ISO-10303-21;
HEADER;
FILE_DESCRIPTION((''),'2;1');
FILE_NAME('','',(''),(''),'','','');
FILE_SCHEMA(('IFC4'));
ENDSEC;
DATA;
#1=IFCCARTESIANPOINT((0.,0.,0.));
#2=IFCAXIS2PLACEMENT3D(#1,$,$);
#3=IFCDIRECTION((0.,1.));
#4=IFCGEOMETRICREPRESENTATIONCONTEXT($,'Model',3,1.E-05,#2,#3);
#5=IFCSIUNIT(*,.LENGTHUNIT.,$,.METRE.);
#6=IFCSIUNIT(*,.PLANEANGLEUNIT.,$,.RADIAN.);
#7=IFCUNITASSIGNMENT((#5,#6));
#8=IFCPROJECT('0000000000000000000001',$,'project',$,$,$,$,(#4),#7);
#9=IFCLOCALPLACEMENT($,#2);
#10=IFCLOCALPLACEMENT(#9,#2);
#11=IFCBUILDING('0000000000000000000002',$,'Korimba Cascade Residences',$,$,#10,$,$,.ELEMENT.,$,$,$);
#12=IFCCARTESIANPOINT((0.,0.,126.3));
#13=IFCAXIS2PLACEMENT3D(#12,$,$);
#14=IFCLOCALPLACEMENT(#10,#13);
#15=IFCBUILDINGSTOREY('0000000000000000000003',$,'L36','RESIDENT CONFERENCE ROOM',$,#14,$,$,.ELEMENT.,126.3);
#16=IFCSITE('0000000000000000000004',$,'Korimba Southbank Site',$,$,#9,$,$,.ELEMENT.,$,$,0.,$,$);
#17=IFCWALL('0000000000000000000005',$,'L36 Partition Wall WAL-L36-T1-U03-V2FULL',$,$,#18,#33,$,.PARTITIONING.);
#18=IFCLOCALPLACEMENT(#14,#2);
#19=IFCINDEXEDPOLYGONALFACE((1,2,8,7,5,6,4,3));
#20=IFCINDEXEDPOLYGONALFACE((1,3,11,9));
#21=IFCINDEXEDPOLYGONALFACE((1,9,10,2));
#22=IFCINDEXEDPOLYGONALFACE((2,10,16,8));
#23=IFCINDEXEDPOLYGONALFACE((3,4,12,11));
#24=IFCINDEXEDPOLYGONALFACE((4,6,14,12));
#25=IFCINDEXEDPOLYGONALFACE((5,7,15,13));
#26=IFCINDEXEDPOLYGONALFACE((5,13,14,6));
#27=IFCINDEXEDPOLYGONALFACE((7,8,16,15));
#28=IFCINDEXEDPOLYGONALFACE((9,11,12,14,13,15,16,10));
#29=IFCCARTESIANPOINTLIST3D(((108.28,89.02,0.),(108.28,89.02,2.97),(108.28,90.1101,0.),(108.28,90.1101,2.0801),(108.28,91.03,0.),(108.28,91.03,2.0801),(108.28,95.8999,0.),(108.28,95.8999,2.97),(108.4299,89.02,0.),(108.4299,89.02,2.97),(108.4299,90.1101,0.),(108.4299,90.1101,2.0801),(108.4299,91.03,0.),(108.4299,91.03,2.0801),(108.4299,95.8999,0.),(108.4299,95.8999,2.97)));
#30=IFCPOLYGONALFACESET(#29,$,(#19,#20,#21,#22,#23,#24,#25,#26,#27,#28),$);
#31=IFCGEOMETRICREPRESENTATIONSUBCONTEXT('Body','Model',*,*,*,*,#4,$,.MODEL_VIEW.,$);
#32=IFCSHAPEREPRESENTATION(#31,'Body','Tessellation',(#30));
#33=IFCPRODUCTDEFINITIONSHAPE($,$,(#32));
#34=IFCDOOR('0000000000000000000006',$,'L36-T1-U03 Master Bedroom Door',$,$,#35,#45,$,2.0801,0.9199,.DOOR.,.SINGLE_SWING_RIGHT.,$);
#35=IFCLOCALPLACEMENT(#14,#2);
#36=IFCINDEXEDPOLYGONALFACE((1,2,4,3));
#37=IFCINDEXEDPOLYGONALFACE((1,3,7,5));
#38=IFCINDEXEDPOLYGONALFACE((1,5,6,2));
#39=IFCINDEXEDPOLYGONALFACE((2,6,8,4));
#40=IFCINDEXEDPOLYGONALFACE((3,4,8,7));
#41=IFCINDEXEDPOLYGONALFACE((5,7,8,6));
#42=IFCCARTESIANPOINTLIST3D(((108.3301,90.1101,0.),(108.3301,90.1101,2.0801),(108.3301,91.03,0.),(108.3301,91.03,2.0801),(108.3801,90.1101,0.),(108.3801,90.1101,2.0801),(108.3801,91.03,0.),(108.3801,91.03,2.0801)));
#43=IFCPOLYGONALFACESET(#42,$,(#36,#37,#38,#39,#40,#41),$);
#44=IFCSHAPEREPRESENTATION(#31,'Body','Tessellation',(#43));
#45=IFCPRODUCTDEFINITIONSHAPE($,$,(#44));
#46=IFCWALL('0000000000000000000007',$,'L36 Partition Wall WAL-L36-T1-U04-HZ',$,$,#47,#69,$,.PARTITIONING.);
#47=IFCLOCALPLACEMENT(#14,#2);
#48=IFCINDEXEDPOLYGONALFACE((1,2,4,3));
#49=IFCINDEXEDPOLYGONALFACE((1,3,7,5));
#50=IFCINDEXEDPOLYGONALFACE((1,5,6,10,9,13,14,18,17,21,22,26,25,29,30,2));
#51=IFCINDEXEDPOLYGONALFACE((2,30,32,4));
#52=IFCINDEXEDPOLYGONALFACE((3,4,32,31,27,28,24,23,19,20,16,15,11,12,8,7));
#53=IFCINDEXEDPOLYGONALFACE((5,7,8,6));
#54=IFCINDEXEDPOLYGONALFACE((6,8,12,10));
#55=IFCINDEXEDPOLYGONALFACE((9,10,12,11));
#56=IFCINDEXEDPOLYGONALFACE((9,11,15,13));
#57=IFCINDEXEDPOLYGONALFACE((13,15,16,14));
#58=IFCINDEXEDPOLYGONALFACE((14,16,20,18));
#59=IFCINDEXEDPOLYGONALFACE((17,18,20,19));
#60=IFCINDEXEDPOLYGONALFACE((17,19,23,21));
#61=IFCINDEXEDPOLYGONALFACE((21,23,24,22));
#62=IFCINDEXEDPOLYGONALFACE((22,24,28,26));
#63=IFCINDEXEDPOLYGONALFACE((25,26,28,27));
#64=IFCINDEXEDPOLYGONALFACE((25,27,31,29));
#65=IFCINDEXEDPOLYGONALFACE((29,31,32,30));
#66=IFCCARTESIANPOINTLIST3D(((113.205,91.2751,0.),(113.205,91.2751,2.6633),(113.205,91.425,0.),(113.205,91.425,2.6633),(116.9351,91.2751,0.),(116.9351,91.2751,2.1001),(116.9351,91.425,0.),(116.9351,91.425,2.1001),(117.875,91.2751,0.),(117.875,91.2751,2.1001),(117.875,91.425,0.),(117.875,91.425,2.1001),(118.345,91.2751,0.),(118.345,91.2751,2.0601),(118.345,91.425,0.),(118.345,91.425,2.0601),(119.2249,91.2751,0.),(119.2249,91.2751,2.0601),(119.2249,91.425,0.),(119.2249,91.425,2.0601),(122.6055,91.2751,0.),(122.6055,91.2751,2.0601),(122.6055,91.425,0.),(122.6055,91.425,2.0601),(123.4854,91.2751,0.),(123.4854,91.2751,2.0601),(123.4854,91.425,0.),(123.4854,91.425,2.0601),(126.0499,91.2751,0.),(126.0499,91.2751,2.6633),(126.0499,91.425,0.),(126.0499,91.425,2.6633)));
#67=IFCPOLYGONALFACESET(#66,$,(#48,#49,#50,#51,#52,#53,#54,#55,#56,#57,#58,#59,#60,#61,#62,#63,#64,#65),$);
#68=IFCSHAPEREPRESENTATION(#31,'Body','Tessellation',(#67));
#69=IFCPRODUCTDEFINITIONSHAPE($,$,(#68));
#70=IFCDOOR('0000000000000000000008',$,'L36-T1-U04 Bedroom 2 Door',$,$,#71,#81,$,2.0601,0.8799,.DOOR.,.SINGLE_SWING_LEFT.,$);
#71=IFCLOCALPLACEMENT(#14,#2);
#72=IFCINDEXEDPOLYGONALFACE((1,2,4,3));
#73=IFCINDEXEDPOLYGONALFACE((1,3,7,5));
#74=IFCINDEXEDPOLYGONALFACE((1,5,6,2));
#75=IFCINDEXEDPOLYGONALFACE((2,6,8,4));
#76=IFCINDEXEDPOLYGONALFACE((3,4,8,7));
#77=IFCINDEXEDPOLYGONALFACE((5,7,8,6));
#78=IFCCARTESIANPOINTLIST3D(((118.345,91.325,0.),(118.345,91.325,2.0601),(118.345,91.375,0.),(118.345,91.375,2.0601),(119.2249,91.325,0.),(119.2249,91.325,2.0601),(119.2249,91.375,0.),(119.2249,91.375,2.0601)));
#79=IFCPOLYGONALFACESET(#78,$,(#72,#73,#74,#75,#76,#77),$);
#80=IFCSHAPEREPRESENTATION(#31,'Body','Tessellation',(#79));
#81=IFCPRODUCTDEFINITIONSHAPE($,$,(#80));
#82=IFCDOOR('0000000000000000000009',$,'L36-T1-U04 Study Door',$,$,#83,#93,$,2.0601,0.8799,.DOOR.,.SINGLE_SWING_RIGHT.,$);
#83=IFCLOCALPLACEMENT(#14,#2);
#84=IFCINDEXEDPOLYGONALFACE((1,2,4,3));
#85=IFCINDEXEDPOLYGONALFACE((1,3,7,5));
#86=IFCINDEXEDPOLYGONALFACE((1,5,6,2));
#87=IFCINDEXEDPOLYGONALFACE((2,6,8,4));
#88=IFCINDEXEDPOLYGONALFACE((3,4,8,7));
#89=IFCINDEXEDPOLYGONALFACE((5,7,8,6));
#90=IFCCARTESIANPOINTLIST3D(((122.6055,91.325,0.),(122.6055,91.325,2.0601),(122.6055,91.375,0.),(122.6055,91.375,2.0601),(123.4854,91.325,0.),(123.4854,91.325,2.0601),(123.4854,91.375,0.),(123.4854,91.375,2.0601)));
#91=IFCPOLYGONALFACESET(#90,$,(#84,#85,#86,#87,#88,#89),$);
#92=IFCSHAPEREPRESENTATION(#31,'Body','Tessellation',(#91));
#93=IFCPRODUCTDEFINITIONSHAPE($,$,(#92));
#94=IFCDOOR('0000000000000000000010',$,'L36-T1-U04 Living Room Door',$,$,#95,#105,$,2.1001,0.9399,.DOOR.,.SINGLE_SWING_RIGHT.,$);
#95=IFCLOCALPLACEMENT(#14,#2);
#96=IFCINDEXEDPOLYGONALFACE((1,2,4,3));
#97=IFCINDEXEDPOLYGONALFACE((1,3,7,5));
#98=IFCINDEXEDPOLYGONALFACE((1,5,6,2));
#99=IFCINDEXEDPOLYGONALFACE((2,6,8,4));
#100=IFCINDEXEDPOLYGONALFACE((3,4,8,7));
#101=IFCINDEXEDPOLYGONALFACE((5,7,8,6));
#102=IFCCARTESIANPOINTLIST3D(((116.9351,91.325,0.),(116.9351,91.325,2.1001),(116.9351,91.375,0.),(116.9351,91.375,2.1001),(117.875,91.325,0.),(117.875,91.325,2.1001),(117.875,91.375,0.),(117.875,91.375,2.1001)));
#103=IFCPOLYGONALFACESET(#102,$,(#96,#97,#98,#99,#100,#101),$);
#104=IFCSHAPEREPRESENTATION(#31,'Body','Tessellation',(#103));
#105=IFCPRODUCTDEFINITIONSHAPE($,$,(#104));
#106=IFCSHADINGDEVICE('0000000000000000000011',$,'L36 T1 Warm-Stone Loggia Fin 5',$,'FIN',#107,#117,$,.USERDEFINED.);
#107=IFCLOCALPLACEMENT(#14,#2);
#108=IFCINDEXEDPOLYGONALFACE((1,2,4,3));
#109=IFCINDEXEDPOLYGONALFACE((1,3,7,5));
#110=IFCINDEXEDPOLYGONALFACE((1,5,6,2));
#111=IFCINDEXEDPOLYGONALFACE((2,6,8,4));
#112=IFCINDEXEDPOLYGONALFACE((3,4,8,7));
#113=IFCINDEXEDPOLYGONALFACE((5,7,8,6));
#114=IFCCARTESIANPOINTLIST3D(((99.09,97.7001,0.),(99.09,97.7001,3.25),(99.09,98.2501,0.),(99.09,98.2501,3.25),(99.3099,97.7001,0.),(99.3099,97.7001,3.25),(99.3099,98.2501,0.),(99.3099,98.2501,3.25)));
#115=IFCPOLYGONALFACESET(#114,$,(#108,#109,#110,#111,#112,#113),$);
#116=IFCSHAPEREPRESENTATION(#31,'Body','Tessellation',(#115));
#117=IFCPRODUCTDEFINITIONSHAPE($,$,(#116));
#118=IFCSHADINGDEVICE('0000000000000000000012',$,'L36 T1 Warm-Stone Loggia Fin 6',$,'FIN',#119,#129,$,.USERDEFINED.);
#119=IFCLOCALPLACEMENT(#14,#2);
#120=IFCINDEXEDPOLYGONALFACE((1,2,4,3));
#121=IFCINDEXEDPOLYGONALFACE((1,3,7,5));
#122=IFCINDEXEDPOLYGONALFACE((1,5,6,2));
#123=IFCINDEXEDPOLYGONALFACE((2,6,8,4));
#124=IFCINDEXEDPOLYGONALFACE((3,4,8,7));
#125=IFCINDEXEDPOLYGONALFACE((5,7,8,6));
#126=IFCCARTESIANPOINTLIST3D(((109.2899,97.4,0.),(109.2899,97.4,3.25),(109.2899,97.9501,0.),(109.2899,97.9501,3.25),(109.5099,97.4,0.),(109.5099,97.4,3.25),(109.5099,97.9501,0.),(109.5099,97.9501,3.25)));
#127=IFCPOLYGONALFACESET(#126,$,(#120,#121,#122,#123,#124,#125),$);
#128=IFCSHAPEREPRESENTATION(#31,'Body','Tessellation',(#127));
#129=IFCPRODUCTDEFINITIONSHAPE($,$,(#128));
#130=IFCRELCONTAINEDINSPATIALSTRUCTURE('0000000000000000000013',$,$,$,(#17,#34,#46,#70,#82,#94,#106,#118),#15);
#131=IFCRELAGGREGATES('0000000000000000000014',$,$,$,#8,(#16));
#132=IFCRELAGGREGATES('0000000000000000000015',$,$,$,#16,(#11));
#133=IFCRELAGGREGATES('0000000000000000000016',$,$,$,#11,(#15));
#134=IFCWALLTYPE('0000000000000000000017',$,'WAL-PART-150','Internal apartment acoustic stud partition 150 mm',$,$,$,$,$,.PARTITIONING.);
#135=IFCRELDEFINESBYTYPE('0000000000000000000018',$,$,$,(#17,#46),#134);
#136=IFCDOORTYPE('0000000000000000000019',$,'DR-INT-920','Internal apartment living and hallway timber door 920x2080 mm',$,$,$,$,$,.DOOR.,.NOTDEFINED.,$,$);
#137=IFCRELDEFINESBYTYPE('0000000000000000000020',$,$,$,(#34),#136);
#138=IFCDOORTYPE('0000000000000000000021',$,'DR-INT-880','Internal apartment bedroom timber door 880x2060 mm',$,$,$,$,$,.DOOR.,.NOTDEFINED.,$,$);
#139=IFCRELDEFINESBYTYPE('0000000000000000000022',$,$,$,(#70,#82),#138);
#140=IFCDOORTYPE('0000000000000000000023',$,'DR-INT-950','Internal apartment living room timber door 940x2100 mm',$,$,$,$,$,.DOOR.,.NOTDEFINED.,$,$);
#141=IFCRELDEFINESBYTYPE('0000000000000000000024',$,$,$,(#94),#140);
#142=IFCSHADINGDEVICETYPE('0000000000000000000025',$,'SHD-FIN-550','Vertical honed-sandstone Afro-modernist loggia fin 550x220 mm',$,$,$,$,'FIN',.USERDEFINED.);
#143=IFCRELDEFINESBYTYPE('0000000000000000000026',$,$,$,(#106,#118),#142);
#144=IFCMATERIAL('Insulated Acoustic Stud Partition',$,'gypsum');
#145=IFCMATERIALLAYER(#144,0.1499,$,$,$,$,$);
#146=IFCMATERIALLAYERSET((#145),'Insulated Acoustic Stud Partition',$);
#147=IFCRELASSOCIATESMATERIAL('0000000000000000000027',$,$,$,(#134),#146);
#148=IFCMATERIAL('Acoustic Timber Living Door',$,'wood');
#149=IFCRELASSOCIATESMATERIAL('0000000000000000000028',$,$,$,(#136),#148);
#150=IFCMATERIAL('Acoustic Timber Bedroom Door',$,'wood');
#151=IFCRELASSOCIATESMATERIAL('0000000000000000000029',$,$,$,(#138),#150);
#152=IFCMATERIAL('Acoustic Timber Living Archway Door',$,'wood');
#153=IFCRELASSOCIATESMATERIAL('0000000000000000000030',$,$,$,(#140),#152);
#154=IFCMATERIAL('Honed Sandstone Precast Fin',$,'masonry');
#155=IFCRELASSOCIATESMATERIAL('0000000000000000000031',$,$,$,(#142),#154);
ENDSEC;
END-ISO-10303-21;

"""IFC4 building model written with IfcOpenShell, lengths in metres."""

from ifc_helpers import new_model, si_unit, direction, frame, frame_2d, origin, origin_2d, place, context, subcontext, project, spatial, rectangle, extrude, material, layer, layer_set, type_object, element, fill, save


model = new_model("IFC4")

# Units and contexts
model_context = context("Model", 3, precision=1e-05, world=origin(), true_north=direction((0.0, 1.0)))
body_context = subcontext(model_context, "Body", "Model", "MODEL_VIEW")
ifc_project = project(units=[si_unit("LENGTHUNIT", "METRE"), si_unit("PLANEANGLEUNIT", "RADIAN")], contexts=[model_context])

# Site, building, storey
site_placement = place(None, origin())
site = spatial("IfcSite", under=ifc_project, at=site_placement, Name="Korimba Southbank Site", CompositionType="ELEMENT", RefElevation=0.0)
building_placement = place(site_placement, origin())
building = spatial("IfcBuilding", under=site, at=building_placement, Name="Korimba Cascade Residences", CompositionType="ELEMENT")
storey_placement = place(building_placement, frame((0.0, 0.0, 126.3)))
storey = spatial("IfcBuildingStorey", under=building, at=storey_placement, Name="L36", Description="RESIDENT CONFERENCE ROOM", CompositionType="ELEMENT", Elevation=126.3)

# Shared definitions
ifc_material_1 = material(Name="Insulated Acoustic Stud Partition", Category="gypsum")
ifc_layer = layer(ifc_material_1, 0.1499)
ifc_layer_set = layer_set([ifc_layer], Name="Insulated Acoustic Stud Partition")
wall_type = type_object("IfcWallType", Name="WAL-PART-150", Description="Internal apartment acoustic stud partition 150 mm", PredefinedType="PARTITIONING", material=ifc_layer_set)

# Wall, opening, door
wall_1_placement = place(storey_placement, frame((108.355, 89.02, 0.0), z_axis=(0.0, 0.0, 1.0), x_axis=(0.0, 1.0, 0.0)))
wall_1 = element("IfcWall", 1, at=wall_1_placement, inside=storey, type_object=wall_type, Name="L36 Partition Wall WAL-L36-T1-U03-V2FULL", PredefinedType="PARTITIONING", context=body_context, shape_type="SweptSolid", body=[
    extrude(rectangle(XDim=6.8799, YDim=0.1499, at=frame_2d((3.4399, 0.0))), origin(), (0.0, 0.0, 1.0), 2.97),
])
opening_1_placement = place(wall_1_placement, frame((1.0901, 0.0, 0.0)))
opening_1 = element("IfcOpeningElement", 2, at=opening_1_placement, cuts=wall_1, PredefinedType="OPENING", context=body_context, shape_type="SweptSolid", body=[
    extrude(rectangle(XDim=0.9199, YDim=2.0801, at=frame_2d((0.46, 1.04))), frame((0.0, 0.085, 0.0), z_axis=(0.0, -1.0, 0.0), x_axis=(1.0, 0.0, 0.0)), (0.0, 0.0, 1.0), 0.1699),
])
ifc_material_2 = material(Name="Acoustic Timber Living Door", Category="wood")
door_type_1 = type_object("IfcDoorType", Name="DR-INT-920", Description="Internal apartment living and hallway timber door 920x2080 mm", OperationType="NOTDEFINED", PredefinedType="DOOR", material=ifc_material_2)
door_1_placement = place(opening_1_placement, origin())
door_1 = element("IfcDoor", 3, at=door_1_placement, inside=storey, type_object=door_type_1, Name="L36-T1-U03 Master Bedroom Door", OperationType="SINGLE_SWING_RIGHT", OverallHeight=2.0801, OverallWidth=0.9199, PredefinedType="DOOR", context=body_context, shape_type="SweptSolid", body=[
    extrude(rectangle(XDim=0.9199, YDim=2.0801, at=frame_2d((0.46, 1.04))), frame((0.0, 0.0249, 0.0), z_axis=(0.0, -1.0, 0.0), x_axis=(1.0, 0.0, 0.0)), (0.0, 0.0, 1.0), 0.05),
])
fill(opening_1, door_1)

# Wall, openings, doors
wall_2_placement = place(storey_placement, frame((113.2051, 91.3501, 0.0), z_axis=(0.0, 0.0, 1.0), x_axis=(1.0, 0.0, 0.0)))
wall_2 = element("IfcWall", 4, at=wall_2_placement, inside=storey, type_object=wall_type, Name="L36 Partition Wall WAL-L36-T1-U04-HZ", PredefinedType="PARTITIONING", context=body_context, shape_type="SweptSolid", body=[
    extrude(rectangle(XDim=12.845, YDim=0.1499, at=frame_2d((6.4224, 0.0))), origin(), (0.0, 0.0, 1.0), 2.6633),
])
opening_2_placement = place(wall_2_placement, frame((3.73, 0.0, 0.0)))
opening_2 = element("IfcOpeningElement", 5, at=opening_2_placement, cuts=wall_2, PredefinedType="OPENING", context=body_context, shape_type="SweptSolid", body=[
    extrude(rectangle(XDim=0.9399, YDim=2.1001, at=frame_2d((0.47, 1.05))), frame((0.0, 0.085, 0.0), z_axis=(0.0, -1.0, 0.0), x_axis=(1.0, 0.0, 0.0)), (0.0, 0.0, 1.0), 0.1699),
])
opening_3_placement = place(wall_2_placement, frame((5.1399, 0.0, 0.0)))
opening_3 = element("IfcOpeningElement", 6, at=opening_3_placement, cuts=wall_2, PredefinedType="OPENING", context=body_context, shape_type="SweptSolid", body=[
    extrude(rectangle(XDim=0.8799, YDim=2.0601, at=frame_2d((0.4399, 1.03))), frame((0.0, 0.085, 0.0), z_axis=(0.0, -1.0, 0.0), x_axis=(1.0, 0.0, 0.0)), (0.0, 0.0, 1.0), 0.1699),
])
opening_4_placement = place(wall_2_placement, frame((9.4004, 0.0, 0.0)))
opening_4 = element("IfcOpeningElement", 7, at=opening_4_placement, cuts=wall_2, PredefinedType="OPENING", context=body_context, shape_type="SweptSolid", body=[
    extrude(rectangle(XDim=0.8799, YDim=2.0601, at=frame_2d((0.4399, 1.03))), frame((0.0, 0.085, 0.0), z_axis=(0.0, -1.0, 0.0), x_axis=(1.0, 0.0, 0.0)), (0.0, 0.0, 1.0), 0.1699),
])
ifc_material_3 = material(Name="Acoustic Timber Bedroom Door", Category="wood")
door_type_2 = type_object("IfcDoorType", Name="DR-INT-880", Description="Internal apartment bedroom timber door 880x2060 mm", OperationType="NOTDEFINED", PredefinedType="DOOR", material=ifc_material_3)
door_2_placement = place(opening_3_placement, origin())
door_2 = element("IfcDoor", 8, at=door_2_placement, inside=storey, type_object=door_type_2, Name="L36-T1-U04 Bedroom 2 Door", OperationType="SINGLE_SWING_LEFT", OverallHeight=2.0601, OverallWidth=0.8799, PredefinedType="DOOR", context=body_context, shape_type="SweptSolid", body=[
    extrude(rectangle(XDim=0.8799, YDim=2.0601, at=frame_2d((0.4399, 1.03))), frame((0.0, 0.0249, 0.0), z_axis=(0.0, -1.0, 0.0), x_axis=(1.0, 0.0, 0.0)), (0.0, 0.0, 1.0), 0.05),
])
fill(opening_3, door_2)
door_3_placement = place(opening_4_placement, origin())
door_3 = element("IfcDoor", 9, at=door_3_placement, inside=storey, type_object=door_type_2, Name="L36-T1-U04 Study Door", OperationType="SINGLE_SWING_RIGHT", OverallHeight=2.0601, OverallWidth=0.8799, PredefinedType="DOOR", context=body_context, shape_type="SweptSolid", body=[
    extrude(rectangle(XDim=0.8799, YDim=2.0601, at=frame_2d((0.4399, 1.03))), frame((0.0, 0.0249, 0.0), z_axis=(0.0, -1.0, 0.0), x_axis=(1.0, 0.0, 0.0)), (0.0, 0.0, 1.0), 0.05),
])
fill(opening_4, door_3)
ifc_material_4 = material(Name="Acoustic Timber Living Archway Door", Category="wood")
door_type_3 = type_object("IfcDoorType", Name="DR-INT-950", Description="Internal apartment living room timber door 940x2100 mm", OperationType="NOTDEFINED", PredefinedType="DOOR", material=ifc_material_4)
door_4_placement = place(opening_2_placement, origin())
door_4 = element("IfcDoor", 10, at=door_4_placement, inside=storey, type_object=door_type_3, Name="L36-T1-U04 Living Room Door", OperationType="SINGLE_SWING_RIGHT", OverallHeight=2.1001, OverallWidth=0.9399, PredefinedType="DOOR", context=body_context, shape_type="SweptSolid", body=[
    extrude(rectangle(XDim=0.9399, YDim=2.1001, at=frame_2d((0.47, 1.05))), frame((0.0, 0.0249, 0.0), z_axis=(0.0, -1.0, 0.0), x_axis=(1.0, 0.0, 0.0)), (0.0, 0.0, 1.0), 0.05),
])
fill(opening_2, door_4)

# Shading devices
ifc_material_5 = material(Name="Honed Sandstone Precast Fin", Category="masonry")
shading_device_type = type_object("IfcShadingDeviceType", Name="SHD-FIN-550", Description="Vertical honed-sandstone Afro-modernist loggia fin 550x220 mm", ElementType="FIN", PredefinedType="USERDEFINED", material=ifc_material_5)
for number, where, z_axis, x_axis, name in (
    (11, (99.2, 97.9751, 0.0), (0.0, 0.0, 1.0), (1.0, 0.0, 0.0), "L36 T1 Warm-Stone Loggia Fin 5"),
    (12, (109.3999, 97.675, 0.0), (0.0, 0.0, 1.0), (1.0, 0.0, 0.0), "L36 T1 Warm-Stone Loggia Fin 6"),
):
    element("IfcShadingDevice", number, at=place(storey_placement, frame(where, z_axis=z_axis, x_axis=x_axis)), inside=storey, type_object=shading_device_type, Name=name, ObjectType="FIN", PredefinedType="USERDEFINED", context=body_context, shape_type="SweptSolid", body=[
        extrude(rectangle(XDim=0.22, YDim=0.55, at=origin_2d()), origin(), (0.0, 0.0, 1.0), 3.25),
    ])

save(model, "model.ifc")
